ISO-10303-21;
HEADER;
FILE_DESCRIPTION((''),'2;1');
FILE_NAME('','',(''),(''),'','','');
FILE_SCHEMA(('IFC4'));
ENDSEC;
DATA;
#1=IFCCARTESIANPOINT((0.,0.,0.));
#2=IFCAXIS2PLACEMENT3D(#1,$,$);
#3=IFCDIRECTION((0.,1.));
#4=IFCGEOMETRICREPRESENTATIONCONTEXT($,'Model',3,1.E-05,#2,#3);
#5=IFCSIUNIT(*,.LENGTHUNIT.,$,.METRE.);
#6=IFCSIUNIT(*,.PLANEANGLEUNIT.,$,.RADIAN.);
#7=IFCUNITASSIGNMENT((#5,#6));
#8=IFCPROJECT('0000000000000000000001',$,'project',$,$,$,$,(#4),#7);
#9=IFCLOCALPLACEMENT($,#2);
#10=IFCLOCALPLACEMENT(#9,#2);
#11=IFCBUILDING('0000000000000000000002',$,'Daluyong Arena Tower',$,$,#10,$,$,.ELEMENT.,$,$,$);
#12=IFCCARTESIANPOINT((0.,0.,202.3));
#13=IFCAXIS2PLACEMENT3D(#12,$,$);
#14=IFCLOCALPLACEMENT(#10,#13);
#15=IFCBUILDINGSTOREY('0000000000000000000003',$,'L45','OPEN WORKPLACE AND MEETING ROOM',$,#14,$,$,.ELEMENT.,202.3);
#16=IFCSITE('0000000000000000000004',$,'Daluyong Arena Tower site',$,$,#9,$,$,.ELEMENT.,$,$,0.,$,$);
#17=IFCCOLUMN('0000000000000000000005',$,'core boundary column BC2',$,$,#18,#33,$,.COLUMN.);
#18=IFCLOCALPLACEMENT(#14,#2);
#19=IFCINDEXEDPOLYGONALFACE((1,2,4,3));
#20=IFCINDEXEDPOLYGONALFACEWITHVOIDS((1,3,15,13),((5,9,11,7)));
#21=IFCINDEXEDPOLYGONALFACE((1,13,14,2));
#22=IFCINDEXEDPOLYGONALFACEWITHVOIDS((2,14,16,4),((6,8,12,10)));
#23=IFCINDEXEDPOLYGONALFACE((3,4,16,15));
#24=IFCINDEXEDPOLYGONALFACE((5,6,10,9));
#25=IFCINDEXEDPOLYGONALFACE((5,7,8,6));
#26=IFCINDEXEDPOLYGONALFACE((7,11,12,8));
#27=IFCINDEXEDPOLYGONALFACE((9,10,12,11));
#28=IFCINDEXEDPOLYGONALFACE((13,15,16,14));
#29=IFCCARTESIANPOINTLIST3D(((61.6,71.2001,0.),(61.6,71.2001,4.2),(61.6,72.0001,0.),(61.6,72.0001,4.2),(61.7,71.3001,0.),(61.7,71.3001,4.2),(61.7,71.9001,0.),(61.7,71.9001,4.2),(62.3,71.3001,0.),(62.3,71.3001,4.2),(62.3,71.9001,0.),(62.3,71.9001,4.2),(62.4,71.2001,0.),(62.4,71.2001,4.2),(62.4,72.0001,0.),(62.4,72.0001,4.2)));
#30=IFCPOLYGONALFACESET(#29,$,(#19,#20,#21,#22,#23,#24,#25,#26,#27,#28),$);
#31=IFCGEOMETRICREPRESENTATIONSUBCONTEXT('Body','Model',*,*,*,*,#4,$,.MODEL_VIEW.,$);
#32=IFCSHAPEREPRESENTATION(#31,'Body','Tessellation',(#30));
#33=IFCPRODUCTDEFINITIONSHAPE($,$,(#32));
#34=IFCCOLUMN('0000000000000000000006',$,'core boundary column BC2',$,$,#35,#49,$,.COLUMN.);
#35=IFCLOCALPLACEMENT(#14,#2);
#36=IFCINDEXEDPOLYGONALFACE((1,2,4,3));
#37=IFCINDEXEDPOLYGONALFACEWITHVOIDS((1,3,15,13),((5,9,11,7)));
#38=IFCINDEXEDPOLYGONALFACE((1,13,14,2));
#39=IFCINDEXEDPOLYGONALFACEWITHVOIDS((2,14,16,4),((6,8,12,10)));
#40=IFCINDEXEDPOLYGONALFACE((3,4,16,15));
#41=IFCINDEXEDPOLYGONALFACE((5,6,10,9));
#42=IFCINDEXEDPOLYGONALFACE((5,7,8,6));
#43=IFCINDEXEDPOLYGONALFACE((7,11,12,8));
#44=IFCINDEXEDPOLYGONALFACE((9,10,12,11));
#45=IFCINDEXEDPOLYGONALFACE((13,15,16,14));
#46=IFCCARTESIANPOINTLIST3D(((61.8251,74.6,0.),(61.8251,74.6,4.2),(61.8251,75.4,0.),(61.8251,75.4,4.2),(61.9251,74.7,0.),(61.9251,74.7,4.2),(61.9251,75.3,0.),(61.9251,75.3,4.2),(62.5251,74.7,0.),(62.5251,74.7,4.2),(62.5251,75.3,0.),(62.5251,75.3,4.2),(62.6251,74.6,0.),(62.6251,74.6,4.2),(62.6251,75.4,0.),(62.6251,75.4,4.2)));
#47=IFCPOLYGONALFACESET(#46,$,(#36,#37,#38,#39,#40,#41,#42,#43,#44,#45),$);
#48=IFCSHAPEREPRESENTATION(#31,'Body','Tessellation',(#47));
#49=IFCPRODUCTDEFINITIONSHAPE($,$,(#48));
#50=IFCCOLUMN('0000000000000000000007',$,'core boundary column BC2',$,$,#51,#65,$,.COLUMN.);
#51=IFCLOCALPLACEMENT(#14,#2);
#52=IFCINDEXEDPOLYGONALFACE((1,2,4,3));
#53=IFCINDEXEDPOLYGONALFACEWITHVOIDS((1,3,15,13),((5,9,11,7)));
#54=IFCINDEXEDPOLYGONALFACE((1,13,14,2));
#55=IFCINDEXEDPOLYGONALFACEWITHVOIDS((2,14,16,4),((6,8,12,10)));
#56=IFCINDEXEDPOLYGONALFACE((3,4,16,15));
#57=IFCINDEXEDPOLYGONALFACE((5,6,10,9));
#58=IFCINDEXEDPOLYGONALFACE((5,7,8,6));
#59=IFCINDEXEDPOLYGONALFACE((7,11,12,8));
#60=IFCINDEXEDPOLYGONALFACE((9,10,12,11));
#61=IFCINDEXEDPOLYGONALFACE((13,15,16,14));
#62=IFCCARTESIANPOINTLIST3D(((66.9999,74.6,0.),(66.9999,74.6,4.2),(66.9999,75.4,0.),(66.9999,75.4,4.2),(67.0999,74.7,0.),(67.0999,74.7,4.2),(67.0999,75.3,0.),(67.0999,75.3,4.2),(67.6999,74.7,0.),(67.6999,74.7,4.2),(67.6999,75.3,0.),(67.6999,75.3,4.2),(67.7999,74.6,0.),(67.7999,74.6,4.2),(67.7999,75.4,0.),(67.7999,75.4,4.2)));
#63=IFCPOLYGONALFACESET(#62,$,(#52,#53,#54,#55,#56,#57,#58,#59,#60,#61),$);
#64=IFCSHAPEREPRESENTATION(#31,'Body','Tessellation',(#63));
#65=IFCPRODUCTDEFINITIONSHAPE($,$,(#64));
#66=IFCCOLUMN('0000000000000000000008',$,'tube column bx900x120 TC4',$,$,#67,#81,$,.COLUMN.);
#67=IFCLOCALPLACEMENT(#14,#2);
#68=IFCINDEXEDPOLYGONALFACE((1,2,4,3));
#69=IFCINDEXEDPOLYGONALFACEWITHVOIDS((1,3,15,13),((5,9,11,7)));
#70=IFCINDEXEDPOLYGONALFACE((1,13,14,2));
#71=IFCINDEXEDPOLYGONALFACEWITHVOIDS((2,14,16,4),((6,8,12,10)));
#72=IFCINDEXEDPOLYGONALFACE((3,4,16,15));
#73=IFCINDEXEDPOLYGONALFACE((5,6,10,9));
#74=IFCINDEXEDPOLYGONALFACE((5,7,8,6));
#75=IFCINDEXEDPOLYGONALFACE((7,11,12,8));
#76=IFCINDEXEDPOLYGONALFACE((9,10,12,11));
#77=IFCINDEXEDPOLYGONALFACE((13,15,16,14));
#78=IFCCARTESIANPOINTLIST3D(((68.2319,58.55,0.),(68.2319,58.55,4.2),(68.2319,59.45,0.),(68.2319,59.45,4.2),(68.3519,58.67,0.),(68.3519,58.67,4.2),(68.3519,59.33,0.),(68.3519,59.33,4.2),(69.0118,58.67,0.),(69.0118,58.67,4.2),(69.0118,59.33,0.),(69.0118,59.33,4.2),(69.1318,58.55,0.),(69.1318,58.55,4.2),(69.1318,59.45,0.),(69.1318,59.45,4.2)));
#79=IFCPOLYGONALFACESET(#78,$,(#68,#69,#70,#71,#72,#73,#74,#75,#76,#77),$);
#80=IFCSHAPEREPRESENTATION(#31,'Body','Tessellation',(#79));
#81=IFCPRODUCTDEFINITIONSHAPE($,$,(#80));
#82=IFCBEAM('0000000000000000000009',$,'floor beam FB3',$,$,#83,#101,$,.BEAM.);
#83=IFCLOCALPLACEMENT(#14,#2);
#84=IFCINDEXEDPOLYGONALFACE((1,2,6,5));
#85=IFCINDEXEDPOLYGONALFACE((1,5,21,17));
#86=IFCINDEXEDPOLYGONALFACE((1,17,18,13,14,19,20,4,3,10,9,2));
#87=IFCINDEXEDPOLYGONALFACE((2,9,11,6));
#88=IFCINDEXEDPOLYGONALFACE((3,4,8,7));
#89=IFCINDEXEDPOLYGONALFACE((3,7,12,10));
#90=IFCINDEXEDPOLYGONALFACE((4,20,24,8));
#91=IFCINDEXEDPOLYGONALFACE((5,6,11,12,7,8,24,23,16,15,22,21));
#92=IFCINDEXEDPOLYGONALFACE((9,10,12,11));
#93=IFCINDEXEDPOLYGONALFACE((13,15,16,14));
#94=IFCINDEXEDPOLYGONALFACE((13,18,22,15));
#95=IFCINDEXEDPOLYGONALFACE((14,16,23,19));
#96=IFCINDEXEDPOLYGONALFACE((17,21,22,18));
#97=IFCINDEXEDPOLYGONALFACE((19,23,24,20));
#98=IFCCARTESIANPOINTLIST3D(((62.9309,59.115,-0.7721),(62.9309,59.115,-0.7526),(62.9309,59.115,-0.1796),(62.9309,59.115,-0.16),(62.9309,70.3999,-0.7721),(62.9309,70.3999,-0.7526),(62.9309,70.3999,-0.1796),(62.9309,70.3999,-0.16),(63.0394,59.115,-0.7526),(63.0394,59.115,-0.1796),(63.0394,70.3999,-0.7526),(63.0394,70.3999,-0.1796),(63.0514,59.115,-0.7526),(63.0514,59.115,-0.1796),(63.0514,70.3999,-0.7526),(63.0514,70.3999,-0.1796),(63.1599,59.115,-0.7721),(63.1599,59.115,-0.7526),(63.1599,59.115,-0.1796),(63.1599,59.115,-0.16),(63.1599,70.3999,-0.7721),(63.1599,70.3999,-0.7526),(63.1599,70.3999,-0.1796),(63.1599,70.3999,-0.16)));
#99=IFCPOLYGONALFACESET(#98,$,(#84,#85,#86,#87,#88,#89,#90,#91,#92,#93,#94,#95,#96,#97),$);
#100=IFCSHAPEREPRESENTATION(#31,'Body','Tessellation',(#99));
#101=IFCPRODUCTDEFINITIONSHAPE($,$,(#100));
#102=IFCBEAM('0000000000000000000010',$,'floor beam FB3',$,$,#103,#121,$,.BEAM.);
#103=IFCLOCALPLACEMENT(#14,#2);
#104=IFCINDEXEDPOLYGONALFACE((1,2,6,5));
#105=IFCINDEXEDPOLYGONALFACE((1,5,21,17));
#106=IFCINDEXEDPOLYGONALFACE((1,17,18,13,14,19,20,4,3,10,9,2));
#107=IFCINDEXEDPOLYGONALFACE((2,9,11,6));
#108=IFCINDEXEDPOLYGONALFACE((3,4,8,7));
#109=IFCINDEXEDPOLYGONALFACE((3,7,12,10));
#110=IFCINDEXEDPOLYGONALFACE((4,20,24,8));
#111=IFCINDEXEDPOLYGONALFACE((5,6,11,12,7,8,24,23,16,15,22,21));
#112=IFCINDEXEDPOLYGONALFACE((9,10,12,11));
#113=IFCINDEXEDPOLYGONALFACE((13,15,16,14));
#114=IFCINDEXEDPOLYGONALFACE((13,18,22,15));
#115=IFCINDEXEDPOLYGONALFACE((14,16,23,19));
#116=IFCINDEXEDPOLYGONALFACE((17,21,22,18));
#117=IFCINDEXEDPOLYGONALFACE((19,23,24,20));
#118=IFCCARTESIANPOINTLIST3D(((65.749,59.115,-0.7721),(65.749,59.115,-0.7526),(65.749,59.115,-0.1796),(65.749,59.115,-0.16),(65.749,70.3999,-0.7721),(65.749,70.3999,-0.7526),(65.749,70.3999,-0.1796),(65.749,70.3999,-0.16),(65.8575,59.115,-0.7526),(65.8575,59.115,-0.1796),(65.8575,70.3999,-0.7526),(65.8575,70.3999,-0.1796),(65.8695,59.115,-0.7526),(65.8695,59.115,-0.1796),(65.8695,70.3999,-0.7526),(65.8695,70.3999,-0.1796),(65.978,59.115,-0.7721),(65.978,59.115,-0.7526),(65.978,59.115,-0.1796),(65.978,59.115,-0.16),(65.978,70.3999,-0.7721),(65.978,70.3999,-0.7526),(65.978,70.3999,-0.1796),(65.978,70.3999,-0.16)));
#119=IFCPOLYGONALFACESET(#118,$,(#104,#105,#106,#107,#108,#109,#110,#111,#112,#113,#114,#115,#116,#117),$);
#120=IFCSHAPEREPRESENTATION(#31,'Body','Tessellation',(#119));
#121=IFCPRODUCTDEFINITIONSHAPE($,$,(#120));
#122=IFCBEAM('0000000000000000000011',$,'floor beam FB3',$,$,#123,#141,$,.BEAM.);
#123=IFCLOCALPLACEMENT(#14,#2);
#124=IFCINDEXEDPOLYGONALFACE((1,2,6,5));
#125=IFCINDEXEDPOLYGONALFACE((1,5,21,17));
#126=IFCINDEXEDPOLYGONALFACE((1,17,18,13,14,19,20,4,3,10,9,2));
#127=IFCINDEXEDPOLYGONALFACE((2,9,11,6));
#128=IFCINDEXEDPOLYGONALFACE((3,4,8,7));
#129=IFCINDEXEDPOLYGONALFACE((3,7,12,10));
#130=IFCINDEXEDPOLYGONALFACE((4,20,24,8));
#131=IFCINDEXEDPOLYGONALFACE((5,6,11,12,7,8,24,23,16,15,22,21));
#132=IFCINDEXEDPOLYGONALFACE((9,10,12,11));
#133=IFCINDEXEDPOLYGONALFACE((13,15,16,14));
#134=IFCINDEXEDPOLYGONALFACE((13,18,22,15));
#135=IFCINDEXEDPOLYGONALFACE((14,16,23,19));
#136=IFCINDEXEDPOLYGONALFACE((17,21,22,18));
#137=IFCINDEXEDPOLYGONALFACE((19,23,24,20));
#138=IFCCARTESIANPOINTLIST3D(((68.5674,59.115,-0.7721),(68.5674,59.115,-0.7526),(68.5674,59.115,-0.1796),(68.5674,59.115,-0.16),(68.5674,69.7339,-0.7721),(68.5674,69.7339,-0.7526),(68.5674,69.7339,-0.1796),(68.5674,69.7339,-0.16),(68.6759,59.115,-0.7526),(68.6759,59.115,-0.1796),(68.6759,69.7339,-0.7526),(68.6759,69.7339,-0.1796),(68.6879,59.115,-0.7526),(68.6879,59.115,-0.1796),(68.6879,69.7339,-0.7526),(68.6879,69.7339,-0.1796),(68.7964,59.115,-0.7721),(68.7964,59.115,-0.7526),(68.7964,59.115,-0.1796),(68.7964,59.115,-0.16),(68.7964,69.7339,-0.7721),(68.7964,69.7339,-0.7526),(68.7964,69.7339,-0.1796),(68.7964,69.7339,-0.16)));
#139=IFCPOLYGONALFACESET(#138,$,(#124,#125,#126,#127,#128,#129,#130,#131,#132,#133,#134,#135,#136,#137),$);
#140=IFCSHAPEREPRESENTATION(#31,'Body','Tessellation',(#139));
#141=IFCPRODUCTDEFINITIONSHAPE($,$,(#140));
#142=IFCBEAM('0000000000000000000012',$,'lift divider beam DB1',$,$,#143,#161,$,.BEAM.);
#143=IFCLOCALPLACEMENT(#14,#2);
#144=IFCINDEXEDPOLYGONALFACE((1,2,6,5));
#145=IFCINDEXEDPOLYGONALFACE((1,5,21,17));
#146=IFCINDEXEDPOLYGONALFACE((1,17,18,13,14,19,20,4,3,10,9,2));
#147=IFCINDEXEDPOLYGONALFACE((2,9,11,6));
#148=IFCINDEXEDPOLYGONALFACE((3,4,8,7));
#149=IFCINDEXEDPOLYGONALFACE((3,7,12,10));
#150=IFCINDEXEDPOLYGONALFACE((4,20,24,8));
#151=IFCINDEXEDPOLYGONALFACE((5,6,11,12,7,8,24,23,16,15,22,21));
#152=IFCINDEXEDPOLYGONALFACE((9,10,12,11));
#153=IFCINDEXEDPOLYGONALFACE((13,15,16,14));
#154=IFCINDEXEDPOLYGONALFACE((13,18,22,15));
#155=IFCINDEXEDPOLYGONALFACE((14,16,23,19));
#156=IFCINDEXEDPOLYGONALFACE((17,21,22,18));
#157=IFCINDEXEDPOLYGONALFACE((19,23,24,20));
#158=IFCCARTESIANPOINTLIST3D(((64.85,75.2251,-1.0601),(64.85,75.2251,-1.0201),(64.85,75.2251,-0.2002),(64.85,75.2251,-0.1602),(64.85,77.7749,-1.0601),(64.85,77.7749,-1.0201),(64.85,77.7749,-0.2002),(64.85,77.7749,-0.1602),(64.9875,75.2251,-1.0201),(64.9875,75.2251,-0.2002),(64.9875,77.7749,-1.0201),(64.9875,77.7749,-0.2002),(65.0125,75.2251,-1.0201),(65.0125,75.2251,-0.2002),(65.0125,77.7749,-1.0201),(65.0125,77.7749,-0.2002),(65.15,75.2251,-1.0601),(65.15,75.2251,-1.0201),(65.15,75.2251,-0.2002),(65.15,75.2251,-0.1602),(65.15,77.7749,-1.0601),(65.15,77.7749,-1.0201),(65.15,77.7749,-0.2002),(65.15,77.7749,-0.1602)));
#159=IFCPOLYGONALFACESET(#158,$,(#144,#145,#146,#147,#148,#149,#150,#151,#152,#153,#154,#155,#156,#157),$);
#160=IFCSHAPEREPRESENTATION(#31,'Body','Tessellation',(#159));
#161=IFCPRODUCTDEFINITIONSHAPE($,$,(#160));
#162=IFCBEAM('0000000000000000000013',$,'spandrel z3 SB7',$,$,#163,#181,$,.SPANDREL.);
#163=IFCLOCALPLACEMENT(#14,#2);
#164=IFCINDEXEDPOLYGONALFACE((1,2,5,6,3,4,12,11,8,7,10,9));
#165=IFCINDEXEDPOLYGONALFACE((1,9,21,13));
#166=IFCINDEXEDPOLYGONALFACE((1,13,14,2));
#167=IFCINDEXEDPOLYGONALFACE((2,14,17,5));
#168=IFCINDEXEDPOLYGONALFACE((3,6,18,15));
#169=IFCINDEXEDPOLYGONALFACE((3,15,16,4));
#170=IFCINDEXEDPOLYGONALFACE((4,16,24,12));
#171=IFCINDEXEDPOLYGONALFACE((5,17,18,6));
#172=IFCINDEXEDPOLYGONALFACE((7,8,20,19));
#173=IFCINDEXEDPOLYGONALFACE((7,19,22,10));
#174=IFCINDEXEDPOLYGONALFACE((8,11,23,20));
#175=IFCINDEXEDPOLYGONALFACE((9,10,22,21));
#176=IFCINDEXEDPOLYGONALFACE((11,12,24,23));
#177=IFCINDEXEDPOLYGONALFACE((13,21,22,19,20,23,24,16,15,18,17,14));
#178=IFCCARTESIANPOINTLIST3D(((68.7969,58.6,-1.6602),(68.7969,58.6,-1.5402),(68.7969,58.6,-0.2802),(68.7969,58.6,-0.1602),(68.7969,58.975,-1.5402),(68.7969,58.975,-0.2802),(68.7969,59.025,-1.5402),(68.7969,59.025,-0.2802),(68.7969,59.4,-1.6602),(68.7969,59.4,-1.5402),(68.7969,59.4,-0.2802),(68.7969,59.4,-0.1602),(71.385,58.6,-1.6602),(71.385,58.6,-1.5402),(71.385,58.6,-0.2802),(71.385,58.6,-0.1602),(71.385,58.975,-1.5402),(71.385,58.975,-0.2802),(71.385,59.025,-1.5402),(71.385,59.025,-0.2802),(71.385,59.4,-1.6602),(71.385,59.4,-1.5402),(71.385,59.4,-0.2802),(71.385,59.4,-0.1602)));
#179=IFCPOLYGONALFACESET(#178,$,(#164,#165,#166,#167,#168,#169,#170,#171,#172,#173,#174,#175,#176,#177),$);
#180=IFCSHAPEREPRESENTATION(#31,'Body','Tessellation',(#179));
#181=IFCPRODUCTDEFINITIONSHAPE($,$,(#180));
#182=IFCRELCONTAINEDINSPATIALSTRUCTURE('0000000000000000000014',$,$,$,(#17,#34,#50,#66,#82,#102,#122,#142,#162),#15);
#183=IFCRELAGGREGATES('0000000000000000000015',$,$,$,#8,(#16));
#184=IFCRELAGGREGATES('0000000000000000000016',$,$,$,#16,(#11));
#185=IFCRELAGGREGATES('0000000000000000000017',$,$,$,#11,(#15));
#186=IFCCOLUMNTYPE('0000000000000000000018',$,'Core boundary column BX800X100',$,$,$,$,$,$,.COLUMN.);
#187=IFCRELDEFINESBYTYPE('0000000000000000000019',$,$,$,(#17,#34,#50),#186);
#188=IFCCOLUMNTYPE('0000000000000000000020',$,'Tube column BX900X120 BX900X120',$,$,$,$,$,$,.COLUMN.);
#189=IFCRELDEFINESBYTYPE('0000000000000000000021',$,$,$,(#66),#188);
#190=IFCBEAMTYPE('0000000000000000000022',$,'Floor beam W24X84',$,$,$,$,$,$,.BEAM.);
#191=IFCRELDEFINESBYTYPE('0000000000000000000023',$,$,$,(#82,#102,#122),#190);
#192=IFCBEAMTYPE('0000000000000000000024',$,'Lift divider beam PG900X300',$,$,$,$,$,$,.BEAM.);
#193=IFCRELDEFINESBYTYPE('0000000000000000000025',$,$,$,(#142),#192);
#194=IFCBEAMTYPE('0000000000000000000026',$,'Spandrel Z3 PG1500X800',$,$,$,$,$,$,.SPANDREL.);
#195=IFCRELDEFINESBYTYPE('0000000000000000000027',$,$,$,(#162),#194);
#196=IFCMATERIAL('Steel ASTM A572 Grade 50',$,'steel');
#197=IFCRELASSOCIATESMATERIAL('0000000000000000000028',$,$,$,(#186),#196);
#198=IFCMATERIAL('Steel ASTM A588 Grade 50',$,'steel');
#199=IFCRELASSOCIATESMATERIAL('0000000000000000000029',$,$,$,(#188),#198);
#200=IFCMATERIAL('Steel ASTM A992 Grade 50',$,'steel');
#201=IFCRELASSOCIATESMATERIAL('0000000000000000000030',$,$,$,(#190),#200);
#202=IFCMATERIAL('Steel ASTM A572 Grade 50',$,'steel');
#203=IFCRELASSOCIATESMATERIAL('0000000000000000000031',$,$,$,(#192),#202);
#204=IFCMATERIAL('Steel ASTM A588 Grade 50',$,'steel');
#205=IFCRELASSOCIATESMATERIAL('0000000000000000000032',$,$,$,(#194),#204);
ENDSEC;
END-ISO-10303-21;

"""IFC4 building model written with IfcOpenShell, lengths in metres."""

from ifc_helpers import new_model, si_unit, direction, frame, origin, origin_2d, place, context, subcontext, project, spatial, hollow_rectangle, i_section, extrude, material, material_profile, profile_set, type_object, element, save


model = new_model("IFC4")

# Units and contexts
model_context = context("Model", 3, precision=1e-05, world=origin(), true_north=direction((0.0, 1.0)))
body_context = subcontext(model_context, "Body", "Model", "MODEL_VIEW")
ifc_project = project(units=[si_unit("LENGTHUNIT", "METRE"), si_unit("PLANEANGLEUNIT", "RADIAN")], contexts=[model_context])

# Site, building, storey
site_placement = place(None, origin())
site = spatial("IfcSite", under=ifc_project, at=site_placement, Name="Daluyong Arena Tower site", CompositionType="ELEMENT", RefElevation=0.0)
building_placement = place(site_placement, origin())
building = spatial("IfcBuilding", under=site, at=building_placement, Name="Daluyong Arena Tower", CompositionType="ELEMENT")
storey_placement = place(building_placement, frame((0.0, 0.0, 202.3)))
storey = spatial("IfcBuildingStorey", under=building, at=storey_placement, Name="L45", Description="OPEN WORKPLACE AND MEETING ROOM", CompositionType="ELEMENT", Elevation=202.3)

# Columns
ifc_material_1 = material(Name="Steel ASTM A572 Grade 50", Category="steel")
ifc_material_profile_1 = material_profile(ifc_material_1, hollow_rectangle(XDim=0.8, YDim=0.8, WallThickness=0.1, at=origin_2d()))
ifc_profile_set_1 = profile_set([ifc_material_profile_1], Name="Steel ASTM A572 Grade 50")
column_type_1 = type_object("IfcColumnType", Name="Core boundary column BX800X100", PredefinedType="COLUMN", material=ifc_profile_set_1)
for number, where, z_axis, x_axis, name in (
    (1, (62.0, 71.6001, 0.0), (0.0, 0.0, 1.0), (1.0, 0.0, 0.0), "core boundary column BC2"),
    (2, (62.2251, 75.0, 0.0), (0.0, 0.0, 1.0), (1.0, 0.0, 0.0), "core boundary column BC2"),
    (3, (67.3999, 75.0, 0.0), (0.0, 0.0, 1.0), (1.0, 0.0, 0.0), "core boundary column BC2"),
):
    element("IfcColumn", number, at=place(storey_placement, frame(where, z_axis=z_axis, x_axis=x_axis)), inside=storey, type_object=column_type_1, Name=name, PredefinedType="COLUMN", context=body_context, shape_type="SweptSolid", body=[
        extrude(hollow_rectangle(XDim=0.8, YDim=0.8, WallThickness=0.1, at=origin_2d()), origin(), (0.0, 0.0, 1.0), 4.2),
    ])
ifc_material_2 = material(Name="Steel ASTM A588 Grade 50", Category="steel")
ifc_material_profile_2 = material_profile(ifc_material_2, hollow_rectangle(XDim=0.8999, YDim=0.8999, WallThickness=0.12, at=origin_2d()))
ifc_profile_set_2 = profile_set([ifc_material_profile_2], Name="Steel ASTM A588 Grade 50")
column_type_2 = type_object("IfcColumnType", Name="Tube column BX900X120 BX900X120", PredefinedType="COLUMN", material=ifc_profile_set_2)
column_placement = place(storey_placement, frame((68.6819, 59.0, 0.0), z_axis=(0.0, 0.0, 1.0), x_axis=(1.0, 0.0, 0.0)))
element("IfcColumn", 4, at=column_placement, inside=storey, type_object=column_type_2, Name="tube column bx900x120 TC4", PredefinedType="COLUMN", context=body_context, shape_type="SweptSolid", body=[
    extrude(hollow_rectangle(XDim=0.8999, YDim=0.8999, WallThickness=0.12, at=origin_2d()), origin(), (0.0, 0.0, 1.0), 4.2),
])

# Beams
ifc_material_3 = material(Name="Steel ASTM A992 Grade 50", Category="steel")
ifc_material_profile_3 = material_profile(ifc_material_3, i_section(OverallWidth=0.229, OverallDepth=0.6121, WebThickness=0.012, FlangeThickness=0.0195, at=origin_2d()))
ifc_profile_set_3 = profile_set([ifc_material_profile_3], Name="Steel ASTM A992 Grade 50")
beam_type_1 = type_object("IfcBeamType", Name="Floor beam W24X84", PredefinedType="BEAM", material=ifc_profile_set_3)
for number, where, z_axis, x_axis, name in (
    (5, (63.0454, 59.115, -0.4661), (0.0, 1.0, 0.0), (-1.0, 0.0, 0.0), "floor beam FB3"),
    (6, (65.8635, 59.115, -0.4661), (0.0, 1.0, 0.0), (-1.0, 0.0, 0.0), "floor beam FB3"),
):
    element("IfcBeam", number, at=place(storey_placement, frame(where, z_axis=z_axis, x_axis=x_axis)), inside=storey, type_object=beam_type_1, Name=name, PredefinedType="BEAM", context=body_context, shape_type="SweptSolid", body=[
        extrude(i_section(OverallWidth=0.229, OverallDepth=0.6121, WebThickness=0.012, FlangeThickness=0.0195, at=origin_2d()), origin(), (0.0, 0.0, 1.0), 11.2849),
    ])
beam_1_placement = place(storey_placement, frame((68.6819, 59.115, -0.4661), z_axis=(0.0, 1.0, 0.0), x_axis=(-1.0, 0.0, 0.0)))
element("IfcBeam", 7, at=beam_1_placement, inside=storey, type_object=beam_type_1, Name="floor beam FB3", PredefinedType="BEAM", context=body_context, shape_type="SweptSolid", body=[
    extrude(i_section(OverallWidth=0.229, OverallDepth=0.6121, WebThickness=0.012, FlangeThickness=0.0195, at=origin_2d()), origin(), (0.0, 0.0, 1.0), 10.6189),
])
ifc_material_4 = material(Name="Steel ASTM A572 Grade 50", Category="steel")
ifc_material_profile_4 = material_profile(ifc_material_4, i_section(OverallWidth=0.3, OverallDepth=0.8999, WebThickness=0.025, FlangeThickness=0.04, at=origin_2d()))
ifc_profile_set_4 = profile_set([ifc_material_profile_4], Name="Steel ASTM A572 Grade 50")
beam_type_2 = type_object("IfcBeamType", Name="Lift divider beam PG900X300", PredefinedType="BEAM", material=ifc_profile_set_4)
beam_2_placement = place(storey_placement, frame((65.0, 75.2251, -0.6101), z_axis=(0.0, 1.0, 0.0), x_axis=(-1.0, 0.0, 0.0)))
element("IfcBeam", 8, at=beam_2_placement, inside=storey, type_object=beam_type_2, Name="lift divider beam DB1", PredefinedType="BEAM", context=body_context, shape_type="SweptSolid", body=[
    extrude(i_section(OverallWidth=0.3, OverallDepth=0.8999, WebThickness=0.025, FlangeThickness=0.04, at=origin_2d()), origin(), (0.0, 0.0, 1.0), 2.5498),
])
ifc_material_5 = material(Name="Steel ASTM A588 Grade 50", Category="steel")
ifc_material_profile_5 = material_profile(ifc_material_5, i_section(OverallWidth=0.8, OverallDepth=1.5, WebThickness=0.05, FlangeThickness=0.12, at=origin_2d()))
ifc_profile_set_5 = profile_set([ifc_material_profile_5], Name="Steel ASTM A588 Grade 50")
beam_type_3 = type_object("IfcBeamType", Name="Spandrel Z3 PG1500X800", PredefinedType="SPANDREL", material=ifc_profile_set_5)
beam_3_placement = place(storey_placement, frame((68.7969, 59.0, -0.9102), z_axis=(1.0, 0.0, 0.0), x_axis=(0.0, 1.0, 0.0)))
element("IfcBeam", 9, at=beam_3_placement, inside=storey, type_object=beam_type_3, Name="spandrel z3 SB7", PredefinedType="SPANDREL", context=body_context, shape_type="SweptSolid", body=[
    extrude(i_section(OverallWidth=0.8, OverallDepth=1.5, WebThickness=0.05, FlangeThickness=0.12, at=origin_2d()), origin(), (0.0, 0.0, 1.0), 2.5881),
])

save(model, "model.ifc")
